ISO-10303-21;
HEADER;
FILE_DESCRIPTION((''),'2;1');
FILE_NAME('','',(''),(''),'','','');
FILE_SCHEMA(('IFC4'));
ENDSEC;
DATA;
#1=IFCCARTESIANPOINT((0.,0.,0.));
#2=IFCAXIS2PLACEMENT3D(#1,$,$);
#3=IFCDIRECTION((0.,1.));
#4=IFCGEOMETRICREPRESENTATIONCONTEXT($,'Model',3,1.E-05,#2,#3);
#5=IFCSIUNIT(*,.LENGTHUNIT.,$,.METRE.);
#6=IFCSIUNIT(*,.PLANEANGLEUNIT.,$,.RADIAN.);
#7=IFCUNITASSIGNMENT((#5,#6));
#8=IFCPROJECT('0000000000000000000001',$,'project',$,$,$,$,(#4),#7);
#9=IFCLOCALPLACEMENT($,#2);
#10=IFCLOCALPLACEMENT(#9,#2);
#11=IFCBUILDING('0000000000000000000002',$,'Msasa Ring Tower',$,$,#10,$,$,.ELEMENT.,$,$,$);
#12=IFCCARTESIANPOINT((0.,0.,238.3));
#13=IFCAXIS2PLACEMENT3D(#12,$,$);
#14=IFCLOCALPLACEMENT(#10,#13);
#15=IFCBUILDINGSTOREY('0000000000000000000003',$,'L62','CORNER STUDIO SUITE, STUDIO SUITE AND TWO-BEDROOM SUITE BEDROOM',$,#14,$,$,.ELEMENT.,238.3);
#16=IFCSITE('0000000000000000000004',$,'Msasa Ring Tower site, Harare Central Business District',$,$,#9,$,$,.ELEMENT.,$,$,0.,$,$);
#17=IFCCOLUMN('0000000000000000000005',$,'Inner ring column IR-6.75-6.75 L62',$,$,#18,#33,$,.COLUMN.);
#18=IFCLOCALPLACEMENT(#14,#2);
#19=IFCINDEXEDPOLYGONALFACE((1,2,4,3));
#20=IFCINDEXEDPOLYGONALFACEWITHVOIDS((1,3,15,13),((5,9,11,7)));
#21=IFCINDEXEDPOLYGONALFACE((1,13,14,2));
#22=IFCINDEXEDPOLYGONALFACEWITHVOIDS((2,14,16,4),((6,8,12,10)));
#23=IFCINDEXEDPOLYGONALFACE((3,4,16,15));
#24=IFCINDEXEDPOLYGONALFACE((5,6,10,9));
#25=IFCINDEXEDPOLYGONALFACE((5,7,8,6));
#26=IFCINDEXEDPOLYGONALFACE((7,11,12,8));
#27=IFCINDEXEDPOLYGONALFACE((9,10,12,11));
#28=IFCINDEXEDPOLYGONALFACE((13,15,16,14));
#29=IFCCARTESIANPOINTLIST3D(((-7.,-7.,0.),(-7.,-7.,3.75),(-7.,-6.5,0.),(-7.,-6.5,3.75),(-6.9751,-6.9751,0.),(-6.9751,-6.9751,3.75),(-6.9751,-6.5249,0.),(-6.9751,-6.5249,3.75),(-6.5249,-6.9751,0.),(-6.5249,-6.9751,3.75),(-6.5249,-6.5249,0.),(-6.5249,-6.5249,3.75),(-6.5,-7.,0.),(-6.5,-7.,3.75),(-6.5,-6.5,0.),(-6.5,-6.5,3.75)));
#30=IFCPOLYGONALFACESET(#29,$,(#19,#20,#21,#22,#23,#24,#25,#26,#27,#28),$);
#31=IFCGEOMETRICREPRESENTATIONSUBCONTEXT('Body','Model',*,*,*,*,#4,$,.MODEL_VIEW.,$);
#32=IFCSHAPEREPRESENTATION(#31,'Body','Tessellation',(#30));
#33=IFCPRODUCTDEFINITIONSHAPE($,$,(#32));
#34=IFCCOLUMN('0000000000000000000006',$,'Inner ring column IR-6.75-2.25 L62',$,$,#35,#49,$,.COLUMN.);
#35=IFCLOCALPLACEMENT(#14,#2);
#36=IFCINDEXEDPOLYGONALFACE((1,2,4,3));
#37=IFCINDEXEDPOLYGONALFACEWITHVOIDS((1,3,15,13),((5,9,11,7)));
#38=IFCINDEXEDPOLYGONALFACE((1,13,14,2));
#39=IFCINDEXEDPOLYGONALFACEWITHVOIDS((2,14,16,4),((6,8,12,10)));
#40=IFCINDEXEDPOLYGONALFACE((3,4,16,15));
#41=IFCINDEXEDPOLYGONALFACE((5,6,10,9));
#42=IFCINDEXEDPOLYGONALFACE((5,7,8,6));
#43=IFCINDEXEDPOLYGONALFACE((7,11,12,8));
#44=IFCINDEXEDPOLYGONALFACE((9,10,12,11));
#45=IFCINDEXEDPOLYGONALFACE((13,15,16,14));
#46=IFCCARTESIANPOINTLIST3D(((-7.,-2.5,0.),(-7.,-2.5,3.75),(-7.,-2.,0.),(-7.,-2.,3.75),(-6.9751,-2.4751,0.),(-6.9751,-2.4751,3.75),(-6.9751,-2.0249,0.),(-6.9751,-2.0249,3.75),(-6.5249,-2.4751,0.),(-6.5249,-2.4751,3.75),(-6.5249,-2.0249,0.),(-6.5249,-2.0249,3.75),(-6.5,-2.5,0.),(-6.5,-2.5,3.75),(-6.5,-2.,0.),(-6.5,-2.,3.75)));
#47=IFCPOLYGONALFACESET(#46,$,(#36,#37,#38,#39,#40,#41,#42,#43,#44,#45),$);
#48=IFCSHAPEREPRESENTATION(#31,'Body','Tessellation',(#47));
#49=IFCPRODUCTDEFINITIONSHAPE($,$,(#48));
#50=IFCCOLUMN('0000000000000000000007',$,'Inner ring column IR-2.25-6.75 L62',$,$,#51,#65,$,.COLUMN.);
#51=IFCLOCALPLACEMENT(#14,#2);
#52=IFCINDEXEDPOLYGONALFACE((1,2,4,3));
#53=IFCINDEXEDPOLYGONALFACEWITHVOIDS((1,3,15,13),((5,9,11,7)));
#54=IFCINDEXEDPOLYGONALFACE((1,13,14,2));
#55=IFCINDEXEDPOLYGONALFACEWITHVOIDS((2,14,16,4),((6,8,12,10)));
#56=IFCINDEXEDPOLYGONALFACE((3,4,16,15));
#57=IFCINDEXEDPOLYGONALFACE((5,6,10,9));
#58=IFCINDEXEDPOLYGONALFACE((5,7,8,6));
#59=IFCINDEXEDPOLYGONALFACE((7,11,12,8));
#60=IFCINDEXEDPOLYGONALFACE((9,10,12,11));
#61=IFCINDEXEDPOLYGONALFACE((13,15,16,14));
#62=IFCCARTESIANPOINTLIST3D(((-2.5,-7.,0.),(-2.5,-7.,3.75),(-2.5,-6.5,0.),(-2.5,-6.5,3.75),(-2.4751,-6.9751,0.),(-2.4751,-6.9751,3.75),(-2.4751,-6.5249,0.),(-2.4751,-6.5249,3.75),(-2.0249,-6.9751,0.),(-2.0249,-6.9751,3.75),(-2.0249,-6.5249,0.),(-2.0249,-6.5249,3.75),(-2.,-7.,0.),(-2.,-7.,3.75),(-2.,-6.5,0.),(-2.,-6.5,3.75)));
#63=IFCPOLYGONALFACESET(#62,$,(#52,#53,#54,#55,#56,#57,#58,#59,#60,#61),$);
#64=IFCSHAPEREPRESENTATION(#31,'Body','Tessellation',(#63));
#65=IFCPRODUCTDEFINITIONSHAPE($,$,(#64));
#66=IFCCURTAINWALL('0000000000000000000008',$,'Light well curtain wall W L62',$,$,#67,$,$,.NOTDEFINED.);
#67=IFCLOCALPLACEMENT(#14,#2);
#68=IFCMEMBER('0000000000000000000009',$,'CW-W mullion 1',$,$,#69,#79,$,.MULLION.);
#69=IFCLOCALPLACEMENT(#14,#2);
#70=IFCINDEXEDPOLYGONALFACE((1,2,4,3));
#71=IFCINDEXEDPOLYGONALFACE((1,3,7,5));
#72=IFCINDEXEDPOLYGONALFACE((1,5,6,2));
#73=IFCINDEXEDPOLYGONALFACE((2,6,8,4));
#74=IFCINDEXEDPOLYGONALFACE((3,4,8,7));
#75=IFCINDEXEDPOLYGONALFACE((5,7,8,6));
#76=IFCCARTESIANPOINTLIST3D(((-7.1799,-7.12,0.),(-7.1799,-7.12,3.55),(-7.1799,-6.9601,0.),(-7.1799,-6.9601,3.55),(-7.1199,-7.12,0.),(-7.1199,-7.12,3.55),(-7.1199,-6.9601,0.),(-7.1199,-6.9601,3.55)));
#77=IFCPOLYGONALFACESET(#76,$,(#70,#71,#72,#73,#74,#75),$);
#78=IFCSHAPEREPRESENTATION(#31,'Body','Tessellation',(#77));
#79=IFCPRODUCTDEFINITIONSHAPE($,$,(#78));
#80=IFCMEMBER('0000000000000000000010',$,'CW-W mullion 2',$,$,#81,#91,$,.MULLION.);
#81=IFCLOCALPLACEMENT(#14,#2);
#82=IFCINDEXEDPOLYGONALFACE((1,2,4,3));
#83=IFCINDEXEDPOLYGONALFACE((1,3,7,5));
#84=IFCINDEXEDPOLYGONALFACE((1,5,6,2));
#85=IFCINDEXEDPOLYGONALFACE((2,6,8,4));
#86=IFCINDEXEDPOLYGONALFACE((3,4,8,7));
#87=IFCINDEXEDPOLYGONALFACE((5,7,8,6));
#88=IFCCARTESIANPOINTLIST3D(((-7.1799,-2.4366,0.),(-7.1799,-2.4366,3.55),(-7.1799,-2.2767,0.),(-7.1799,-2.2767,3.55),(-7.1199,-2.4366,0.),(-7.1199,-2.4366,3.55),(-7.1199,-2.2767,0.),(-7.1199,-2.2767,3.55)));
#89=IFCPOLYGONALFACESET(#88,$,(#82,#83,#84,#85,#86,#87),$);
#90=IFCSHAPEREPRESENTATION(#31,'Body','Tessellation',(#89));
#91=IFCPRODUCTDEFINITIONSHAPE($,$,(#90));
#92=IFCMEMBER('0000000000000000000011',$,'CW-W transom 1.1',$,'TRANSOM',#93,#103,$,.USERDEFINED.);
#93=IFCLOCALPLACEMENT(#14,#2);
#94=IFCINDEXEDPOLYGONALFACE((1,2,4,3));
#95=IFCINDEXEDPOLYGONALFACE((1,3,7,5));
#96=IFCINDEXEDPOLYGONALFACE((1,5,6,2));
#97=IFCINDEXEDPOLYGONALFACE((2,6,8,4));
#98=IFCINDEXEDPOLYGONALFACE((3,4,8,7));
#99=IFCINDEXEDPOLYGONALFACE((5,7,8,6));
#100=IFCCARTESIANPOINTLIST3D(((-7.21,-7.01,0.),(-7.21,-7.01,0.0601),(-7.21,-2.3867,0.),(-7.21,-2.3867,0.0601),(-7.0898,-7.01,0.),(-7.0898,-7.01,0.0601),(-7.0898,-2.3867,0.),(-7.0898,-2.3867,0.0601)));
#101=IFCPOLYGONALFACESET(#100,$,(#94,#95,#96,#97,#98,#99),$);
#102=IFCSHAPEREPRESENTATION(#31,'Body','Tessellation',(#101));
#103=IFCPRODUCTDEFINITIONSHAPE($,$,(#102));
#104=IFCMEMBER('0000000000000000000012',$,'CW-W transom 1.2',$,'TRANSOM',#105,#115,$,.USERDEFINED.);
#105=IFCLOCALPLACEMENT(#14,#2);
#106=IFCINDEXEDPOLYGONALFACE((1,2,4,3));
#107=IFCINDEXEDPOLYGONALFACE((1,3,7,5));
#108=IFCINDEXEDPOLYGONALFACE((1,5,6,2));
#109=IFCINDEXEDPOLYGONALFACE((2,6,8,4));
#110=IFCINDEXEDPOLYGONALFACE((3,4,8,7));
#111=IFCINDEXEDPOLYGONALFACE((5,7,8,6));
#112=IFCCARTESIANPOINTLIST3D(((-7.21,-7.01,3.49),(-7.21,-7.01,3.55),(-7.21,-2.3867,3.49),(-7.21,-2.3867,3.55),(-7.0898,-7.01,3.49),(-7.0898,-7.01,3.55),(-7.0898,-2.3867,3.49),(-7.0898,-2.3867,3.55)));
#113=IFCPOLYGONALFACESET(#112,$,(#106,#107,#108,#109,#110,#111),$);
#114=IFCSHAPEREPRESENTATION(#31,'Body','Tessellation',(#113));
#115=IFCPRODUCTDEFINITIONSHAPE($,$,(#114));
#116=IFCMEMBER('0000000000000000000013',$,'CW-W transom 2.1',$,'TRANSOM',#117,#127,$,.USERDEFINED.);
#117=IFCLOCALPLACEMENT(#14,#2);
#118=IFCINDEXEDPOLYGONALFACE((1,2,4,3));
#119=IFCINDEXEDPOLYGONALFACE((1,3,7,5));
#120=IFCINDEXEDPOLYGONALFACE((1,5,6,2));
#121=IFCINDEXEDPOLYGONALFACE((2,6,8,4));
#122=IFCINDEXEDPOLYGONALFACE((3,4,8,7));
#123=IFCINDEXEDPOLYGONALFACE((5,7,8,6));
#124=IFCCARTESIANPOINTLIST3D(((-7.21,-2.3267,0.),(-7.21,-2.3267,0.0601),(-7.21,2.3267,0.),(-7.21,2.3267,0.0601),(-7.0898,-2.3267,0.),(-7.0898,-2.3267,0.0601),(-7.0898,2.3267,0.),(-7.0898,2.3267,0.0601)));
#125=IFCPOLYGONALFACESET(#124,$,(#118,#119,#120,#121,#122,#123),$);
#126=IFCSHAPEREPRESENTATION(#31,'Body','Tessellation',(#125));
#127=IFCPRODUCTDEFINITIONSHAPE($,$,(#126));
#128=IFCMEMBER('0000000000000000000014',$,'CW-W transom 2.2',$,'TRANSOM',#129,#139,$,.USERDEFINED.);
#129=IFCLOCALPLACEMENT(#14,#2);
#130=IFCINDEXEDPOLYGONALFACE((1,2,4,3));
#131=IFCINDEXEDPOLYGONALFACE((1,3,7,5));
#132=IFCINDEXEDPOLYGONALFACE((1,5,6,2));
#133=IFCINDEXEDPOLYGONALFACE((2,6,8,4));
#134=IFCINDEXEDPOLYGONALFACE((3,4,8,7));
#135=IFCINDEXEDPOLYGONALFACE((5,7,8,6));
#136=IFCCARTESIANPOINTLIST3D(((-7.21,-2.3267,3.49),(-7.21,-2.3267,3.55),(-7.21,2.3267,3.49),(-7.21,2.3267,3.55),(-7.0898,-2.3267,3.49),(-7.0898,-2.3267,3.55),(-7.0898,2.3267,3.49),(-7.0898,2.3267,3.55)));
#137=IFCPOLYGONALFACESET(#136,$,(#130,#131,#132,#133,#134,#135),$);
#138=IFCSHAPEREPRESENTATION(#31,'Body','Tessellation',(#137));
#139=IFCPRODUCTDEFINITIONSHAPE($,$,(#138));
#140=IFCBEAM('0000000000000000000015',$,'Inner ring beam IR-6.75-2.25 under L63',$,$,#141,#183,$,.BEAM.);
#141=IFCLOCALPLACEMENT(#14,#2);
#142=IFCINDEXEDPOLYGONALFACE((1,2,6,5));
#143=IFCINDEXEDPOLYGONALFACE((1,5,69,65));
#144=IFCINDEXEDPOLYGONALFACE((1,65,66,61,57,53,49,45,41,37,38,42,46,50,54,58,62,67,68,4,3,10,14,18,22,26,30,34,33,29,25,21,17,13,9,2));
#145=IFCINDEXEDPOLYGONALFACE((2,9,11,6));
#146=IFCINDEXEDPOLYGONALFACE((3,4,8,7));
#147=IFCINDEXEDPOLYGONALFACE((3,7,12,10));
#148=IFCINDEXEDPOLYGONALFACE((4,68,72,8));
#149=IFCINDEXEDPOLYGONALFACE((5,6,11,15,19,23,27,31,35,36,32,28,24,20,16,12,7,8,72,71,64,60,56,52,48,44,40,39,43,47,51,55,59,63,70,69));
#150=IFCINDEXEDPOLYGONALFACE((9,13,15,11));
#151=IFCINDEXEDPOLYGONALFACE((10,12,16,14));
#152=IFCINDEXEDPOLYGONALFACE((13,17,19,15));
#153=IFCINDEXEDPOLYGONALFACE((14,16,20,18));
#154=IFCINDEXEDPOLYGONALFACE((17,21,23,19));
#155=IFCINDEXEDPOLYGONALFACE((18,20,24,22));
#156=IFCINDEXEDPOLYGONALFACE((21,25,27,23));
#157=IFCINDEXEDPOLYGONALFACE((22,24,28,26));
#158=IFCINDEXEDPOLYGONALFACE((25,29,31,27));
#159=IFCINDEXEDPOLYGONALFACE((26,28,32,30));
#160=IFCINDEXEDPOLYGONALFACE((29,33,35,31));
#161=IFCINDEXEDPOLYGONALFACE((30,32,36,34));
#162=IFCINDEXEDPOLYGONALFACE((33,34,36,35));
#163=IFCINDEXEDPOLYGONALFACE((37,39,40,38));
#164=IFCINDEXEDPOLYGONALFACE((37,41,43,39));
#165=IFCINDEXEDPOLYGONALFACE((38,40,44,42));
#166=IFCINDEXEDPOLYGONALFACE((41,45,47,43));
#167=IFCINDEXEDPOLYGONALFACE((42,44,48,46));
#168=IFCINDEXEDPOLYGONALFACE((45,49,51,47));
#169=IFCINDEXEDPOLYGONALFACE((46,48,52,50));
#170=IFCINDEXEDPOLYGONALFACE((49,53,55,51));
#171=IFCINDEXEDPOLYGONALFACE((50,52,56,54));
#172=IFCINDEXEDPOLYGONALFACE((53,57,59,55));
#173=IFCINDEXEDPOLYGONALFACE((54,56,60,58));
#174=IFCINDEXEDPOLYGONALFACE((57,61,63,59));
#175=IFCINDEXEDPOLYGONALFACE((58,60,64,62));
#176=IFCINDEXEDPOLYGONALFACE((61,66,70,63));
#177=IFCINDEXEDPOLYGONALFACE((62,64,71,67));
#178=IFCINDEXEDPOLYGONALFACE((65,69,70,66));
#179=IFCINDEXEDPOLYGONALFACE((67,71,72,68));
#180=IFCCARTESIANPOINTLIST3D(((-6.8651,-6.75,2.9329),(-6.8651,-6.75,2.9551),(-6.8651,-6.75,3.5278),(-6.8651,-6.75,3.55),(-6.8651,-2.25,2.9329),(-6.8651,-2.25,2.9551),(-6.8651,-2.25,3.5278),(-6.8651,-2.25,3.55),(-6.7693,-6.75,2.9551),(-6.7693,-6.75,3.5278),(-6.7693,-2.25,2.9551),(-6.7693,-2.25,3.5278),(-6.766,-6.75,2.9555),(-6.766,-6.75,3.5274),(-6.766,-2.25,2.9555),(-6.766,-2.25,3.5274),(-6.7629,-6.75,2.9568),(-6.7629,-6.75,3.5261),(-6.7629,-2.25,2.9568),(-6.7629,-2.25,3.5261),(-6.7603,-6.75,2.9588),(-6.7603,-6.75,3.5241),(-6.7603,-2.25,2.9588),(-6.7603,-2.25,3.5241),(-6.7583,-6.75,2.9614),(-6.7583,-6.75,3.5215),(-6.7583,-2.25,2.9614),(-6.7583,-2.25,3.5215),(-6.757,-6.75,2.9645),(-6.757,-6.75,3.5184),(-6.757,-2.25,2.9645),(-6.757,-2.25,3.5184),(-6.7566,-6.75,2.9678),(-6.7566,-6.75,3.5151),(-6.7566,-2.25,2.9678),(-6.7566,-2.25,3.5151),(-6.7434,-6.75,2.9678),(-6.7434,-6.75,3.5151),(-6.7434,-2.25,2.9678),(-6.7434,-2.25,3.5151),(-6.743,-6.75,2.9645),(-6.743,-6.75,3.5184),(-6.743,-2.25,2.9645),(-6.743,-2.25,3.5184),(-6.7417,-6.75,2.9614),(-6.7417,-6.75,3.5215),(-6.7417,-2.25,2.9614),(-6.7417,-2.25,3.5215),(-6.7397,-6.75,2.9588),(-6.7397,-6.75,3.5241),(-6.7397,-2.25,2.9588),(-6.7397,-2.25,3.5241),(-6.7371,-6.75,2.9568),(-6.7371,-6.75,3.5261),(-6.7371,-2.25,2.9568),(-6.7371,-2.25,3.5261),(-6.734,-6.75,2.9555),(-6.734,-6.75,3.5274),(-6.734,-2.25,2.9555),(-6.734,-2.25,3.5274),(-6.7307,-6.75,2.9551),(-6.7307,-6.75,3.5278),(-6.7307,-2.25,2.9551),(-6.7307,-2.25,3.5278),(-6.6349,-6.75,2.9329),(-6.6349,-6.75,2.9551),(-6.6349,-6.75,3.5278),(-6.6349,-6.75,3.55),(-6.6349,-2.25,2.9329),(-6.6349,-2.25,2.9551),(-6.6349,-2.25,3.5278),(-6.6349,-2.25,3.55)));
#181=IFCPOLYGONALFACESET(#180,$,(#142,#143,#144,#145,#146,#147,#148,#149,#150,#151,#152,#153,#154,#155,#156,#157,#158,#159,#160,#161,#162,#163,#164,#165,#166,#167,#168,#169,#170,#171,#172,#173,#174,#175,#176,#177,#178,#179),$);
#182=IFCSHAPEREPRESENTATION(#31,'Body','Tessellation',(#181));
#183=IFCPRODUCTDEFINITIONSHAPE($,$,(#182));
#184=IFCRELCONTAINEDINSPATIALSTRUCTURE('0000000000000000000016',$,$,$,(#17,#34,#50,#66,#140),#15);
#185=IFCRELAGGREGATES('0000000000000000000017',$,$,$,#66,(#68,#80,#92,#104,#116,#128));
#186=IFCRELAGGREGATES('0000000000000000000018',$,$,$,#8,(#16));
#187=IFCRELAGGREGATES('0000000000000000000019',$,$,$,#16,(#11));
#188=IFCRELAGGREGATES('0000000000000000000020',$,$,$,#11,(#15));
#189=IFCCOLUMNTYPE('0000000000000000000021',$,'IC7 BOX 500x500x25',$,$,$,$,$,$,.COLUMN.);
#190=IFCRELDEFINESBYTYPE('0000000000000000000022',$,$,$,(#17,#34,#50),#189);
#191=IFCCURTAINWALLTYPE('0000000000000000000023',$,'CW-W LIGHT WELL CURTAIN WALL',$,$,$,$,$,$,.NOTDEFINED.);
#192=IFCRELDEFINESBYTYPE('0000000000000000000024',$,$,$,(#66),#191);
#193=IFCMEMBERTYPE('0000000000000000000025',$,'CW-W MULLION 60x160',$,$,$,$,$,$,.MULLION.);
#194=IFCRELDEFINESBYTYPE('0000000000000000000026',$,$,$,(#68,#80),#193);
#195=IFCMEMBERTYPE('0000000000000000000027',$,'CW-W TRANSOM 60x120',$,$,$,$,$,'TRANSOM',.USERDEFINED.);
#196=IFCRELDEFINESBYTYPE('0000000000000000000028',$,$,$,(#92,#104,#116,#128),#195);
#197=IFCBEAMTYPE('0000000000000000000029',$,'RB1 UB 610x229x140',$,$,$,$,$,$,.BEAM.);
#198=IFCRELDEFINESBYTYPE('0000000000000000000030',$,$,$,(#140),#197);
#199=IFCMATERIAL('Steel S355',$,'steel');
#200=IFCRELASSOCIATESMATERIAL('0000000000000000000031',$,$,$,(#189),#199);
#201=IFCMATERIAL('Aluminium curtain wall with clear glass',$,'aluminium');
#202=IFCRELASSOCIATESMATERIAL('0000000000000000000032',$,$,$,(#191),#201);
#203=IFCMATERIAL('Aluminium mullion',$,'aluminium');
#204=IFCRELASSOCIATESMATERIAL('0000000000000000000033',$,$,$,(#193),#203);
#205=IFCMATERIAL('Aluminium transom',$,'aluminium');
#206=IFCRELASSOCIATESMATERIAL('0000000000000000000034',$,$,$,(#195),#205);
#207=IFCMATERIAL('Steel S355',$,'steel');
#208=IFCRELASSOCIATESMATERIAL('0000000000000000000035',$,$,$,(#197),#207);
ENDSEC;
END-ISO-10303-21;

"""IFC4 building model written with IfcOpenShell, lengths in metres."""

from ifc_helpers import new_model, si_unit, direction, frame, origin, origin_2d, place, context, subcontext, project, spatial, rectangle, hollow_rectangle, i_section, extrude, material, material_profile, profile_set, type_object, element, aggregate, save


model = new_model("IFC4")

# Units and contexts
model_context = context("Model", 3, precision=1e-05, world=origin(), true_north=direction((0.0, 1.0)))
body_context = subcontext(model_context, "Body", "Model", "MODEL_VIEW")
ifc_project = project(units=[si_unit("LENGTHUNIT", "METRE"), si_unit("PLANEANGLEUNIT", "RADIAN")], contexts=[model_context])

# Site, building, storey
site_placement = place(None, origin())
site = spatial("IfcSite", under=ifc_project, at=site_placement, Name="Msasa Ring Tower site, Harare Central Business District", CompositionType="ELEMENT", RefElevation=0.0)
building_placement = place(site_placement, origin())
building = spatial("IfcBuilding", under=site, at=building_placement, Name="Msasa Ring Tower", CompositionType="ELEMENT")
storey_placement = place(building_placement, frame((0.0, 0.0, 238.3)))
storey = spatial("IfcBuildingStorey", under=building, at=storey_placement, Name="L62", Description="CORNER STUDIO SUITE, STUDIO SUITE AND TWO-BEDROOM SUITE BEDROOM", CompositionType="ELEMENT", Elevation=238.3)

# Columns
ifc_material_1 = material(Name="Steel S355", Category="steel")
ifc_material_profile_1 = material_profile(ifc_material_1, hollow_rectangle(XDim=0.5, YDim=0.5, WallThickness=0.0249, at=origin_2d()), Name="BOX 500x500x25")
ifc_profile_set_1 = profile_set([ifc_material_profile_1], Name="Steel S355")
column_type = type_object("IfcColumnType", Name="IC7 BOX 500x500x25", PredefinedType="COLUMN", material=ifc_profile_set_1)
for number, where, z_axis, x_axis, name in (
    (1, (-6.75, -6.75, 0.0), (0.0, 0.0, 1.0), (1.0, 0.0, 0.0), "Inner ring column IR-6.75-6.75 L62"),
    (2, (-6.75, -2.25, 0.0), (0.0, 0.0, 1.0), (1.0, 0.0, 0.0), "Inner ring column IR-6.75-2.25 L62"),
    (3, (-2.25, -6.75, 0.0), (0.0, 0.0, 1.0), (1.0, 0.0, 0.0), "Inner ring column IR-2.25-6.75 L62"),
):
    element("IfcColumn", number, at=place(storey_placement, frame(where, z_axis=z_axis, x_axis=x_axis)), inside=storey, type_object=column_type, Name=name, PredefinedType="COLUMN", context=body_context, shape_type="SweptSolid", body=[
        extrude(hollow_rectangle(XDim=0.5, YDim=0.5, WallThickness=0.0249, at=origin_2d()), origin(), (0.0, 0.0, 1.0), 3.75),
    ])

# Curtain wall, members
ifc_material_2 = material(Name="Aluminium curtain wall with clear glass", Category="aluminium")
curtain_wall_type = type_object("IfcCurtainWallType", Name="CW-W LIGHT WELL CURTAIN WALL", PredefinedType="NOTDEFINED", material=ifc_material_2)
curtain_wall_1_placement = place(storey_placement, origin())
curtain_wall_1 = element("IfcCurtainWall", 4, at=curtain_wall_1_placement, inside=storey, type_object=curtain_wall_type, Name="Light well curtain wall W L62", PredefinedType="NOTDEFINED")
ifc_material_3 = material(Name="Aluminium mullion", Category="aluminium")
ifc_material_profile_2 = material_profile(ifc_material_3, rectangle(XDim=0.0601, YDim=0.1599, at=origin_2d()), Name="AL 60x160")
ifc_profile_set_2 = profile_set([ifc_material_profile_2], Name="Aluminium mullion")
member_type_1 = type_object("IfcMemberType", Name="CW-W MULLION 60x160", PredefinedType="MULLION", material=ifc_profile_set_2)
member_1_placement = place(storey_placement, frame((-7.1499, -7.04, 0.0), z_axis=(0.0, 0.0, 1.0), x_axis=(-1.0, 0.0, 0.0)))
member_1 = element("IfcMember", 5, at=member_1_placement, type_object=member_type_1, Name="CW-W mullion 1", PredefinedType="MULLION", context=body_context, shape_type="SweptSolid", body=[
    extrude(rectangle(XDim=0.0601, YDim=0.1599, at=origin_2d()), origin(), (0.0, 0.0, 1.0), 3.55),
])
member_2_placement = place(storey_placement, frame((-7.1499, -2.3567, 0.0), z_axis=(0.0, 0.0, 1.0), x_axis=(-1.0, 0.0, 0.0)))
member_2 = element("IfcMember", 6, at=member_2_placement, type_object=member_type_1, Name="CW-W mullion 2", PredefinedType="MULLION", context=body_context, shape_type="SweptSolid", body=[
    extrude(rectangle(XDim=0.0601, YDim=0.1599, at=origin_2d()), origin(), (0.0, 0.0, 1.0), 3.55),
])
ifc_material_4 = material(Name="Aluminium transom", Category="aluminium")
ifc_material_profile_3 = material_profile(ifc_material_4, rectangle(XDim=0.1201, YDim=0.0601, at=origin_2d()), Name="AL 60x120")
ifc_profile_set_3 = profile_set([ifc_material_profile_3], Name="Aluminium transom")
member_type_2 = type_object("IfcMemberType", Name="CW-W TRANSOM 60x120", ElementType="TRANSOM", PredefinedType="USERDEFINED", material=ifc_profile_set_3)
member_3_placement = place(storey_placement, frame((-7.1499, -7.01, 0.03), z_axis=(0.0, 1.0, 0.0), x_axis=(-1.0, 0.0, 0.0)))
member_3 = element("IfcMember", 7, at=member_3_placement, type_object=member_type_2, Name="CW-W transom 1.1", ObjectType="TRANSOM", PredefinedType="USERDEFINED", context=body_context, shape_type="SweptSolid", body=[
    extrude(rectangle(XDim=0.1201, YDim=0.0601, at=origin_2d()), origin(), (0.0, 0.0, 1.0), 4.6233),
])
member_4_placement = place(storey_placement, frame((-7.1499, -7.01, 3.52), z_axis=(0.0, 1.0, 0.0), x_axis=(-1.0, 0.0, 0.0)))
member_4 = element("IfcMember", 8, at=member_4_placement, type_object=member_type_2, Name="CW-W transom 1.2", ObjectType="TRANSOM", PredefinedType="USERDEFINED", context=body_context, shape_type="SweptSolid", body=[
    extrude(rectangle(XDim=0.1201, YDim=0.0601, at=origin_2d()), origin(), (0.0, 0.0, 1.0), 4.6233),
])
member_5_placement = place(storey_placement, frame((-7.1499, -2.3267, 0.03), z_axis=(0.0, 1.0, 0.0), x_axis=(-1.0, 0.0, 0.0)))
member_5 = element("IfcMember", 9, at=member_5_placement, type_object=member_type_2, Name="CW-W transom 2.1", ObjectType="TRANSOM", PredefinedType="USERDEFINED", context=body_context, shape_type="SweptSolid", body=[
    extrude(rectangle(XDim=0.1201, YDim=0.0601, at=origin_2d()), origin(), (0.0, 0.0, 1.0), 4.6533),
])
member_6_placement = place(storey_placement, frame((-7.1499, -2.3267, 3.52), z_axis=(0.0, 1.0, 0.0), x_axis=(-1.0, 0.0, 0.0)))
member_6 = element("IfcMember", 10, at=member_6_placement, type_object=member_type_2, Name="CW-W transom 2.2", ObjectType="TRANSOM", PredefinedType="USERDEFINED", context=body_context, shape_type="SweptSolid", body=[
    extrude(rectangle(XDim=0.1201, YDim=0.0601, at=origin_2d()), origin(), (0.0, 0.0, 1.0), 4.6533),
])

# Beam
ifc_material_5 = material(Name="Steel S355", Category="steel")
ifc_material_profile_4 = material_profile(ifc_material_5, i_section(OverallWidth=0.2302, OverallDepth=0.6172, WebThickness=0.0132, FlangeThickness=0.0222, FilletRadius=0.0127, at=origin_2d()), Name="UB 610x229x140")
ifc_profile_set_4 = profile_set([ifc_material_profile_4], Name="Steel S355")
beam_type = type_object("IfcBeamType", Name="RB1 UB 610x229x140", PredefinedType="BEAM", material=ifc_profile_set_4)
for number, where, z_axis, x_axis, name in (
    (11, (-6.75, -2.25, 3.2415), (0.0, -1.0, 0.0), (1.0, 0.0, 0.0), "Inner ring beam IR-6.75-2.25 under L63"),
):
    element("IfcBeam", number, at=place(storey_placement, frame(where, z_axis=z_axis, x_axis=x_axis)), inside=storey, type_object=beam_type, Name=name, PredefinedType="BEAM", context=body_context, shape_type="SweptSolid", body=[
        extrude(i_section(OverallWidth=0.2302, OverallDepth=0.6172, WebThickness=0.0132, FlangeThickness=0.0222, FilletRadius=0.0127, at=origin_2d()), origin(), (0.0, 0.0, 1.0), 4.5),
    ])

aggregate(curtain_wall_1, [member_1, member_2, member_3, member_4, member_5, member_6])

save(model, "model.ifc")
